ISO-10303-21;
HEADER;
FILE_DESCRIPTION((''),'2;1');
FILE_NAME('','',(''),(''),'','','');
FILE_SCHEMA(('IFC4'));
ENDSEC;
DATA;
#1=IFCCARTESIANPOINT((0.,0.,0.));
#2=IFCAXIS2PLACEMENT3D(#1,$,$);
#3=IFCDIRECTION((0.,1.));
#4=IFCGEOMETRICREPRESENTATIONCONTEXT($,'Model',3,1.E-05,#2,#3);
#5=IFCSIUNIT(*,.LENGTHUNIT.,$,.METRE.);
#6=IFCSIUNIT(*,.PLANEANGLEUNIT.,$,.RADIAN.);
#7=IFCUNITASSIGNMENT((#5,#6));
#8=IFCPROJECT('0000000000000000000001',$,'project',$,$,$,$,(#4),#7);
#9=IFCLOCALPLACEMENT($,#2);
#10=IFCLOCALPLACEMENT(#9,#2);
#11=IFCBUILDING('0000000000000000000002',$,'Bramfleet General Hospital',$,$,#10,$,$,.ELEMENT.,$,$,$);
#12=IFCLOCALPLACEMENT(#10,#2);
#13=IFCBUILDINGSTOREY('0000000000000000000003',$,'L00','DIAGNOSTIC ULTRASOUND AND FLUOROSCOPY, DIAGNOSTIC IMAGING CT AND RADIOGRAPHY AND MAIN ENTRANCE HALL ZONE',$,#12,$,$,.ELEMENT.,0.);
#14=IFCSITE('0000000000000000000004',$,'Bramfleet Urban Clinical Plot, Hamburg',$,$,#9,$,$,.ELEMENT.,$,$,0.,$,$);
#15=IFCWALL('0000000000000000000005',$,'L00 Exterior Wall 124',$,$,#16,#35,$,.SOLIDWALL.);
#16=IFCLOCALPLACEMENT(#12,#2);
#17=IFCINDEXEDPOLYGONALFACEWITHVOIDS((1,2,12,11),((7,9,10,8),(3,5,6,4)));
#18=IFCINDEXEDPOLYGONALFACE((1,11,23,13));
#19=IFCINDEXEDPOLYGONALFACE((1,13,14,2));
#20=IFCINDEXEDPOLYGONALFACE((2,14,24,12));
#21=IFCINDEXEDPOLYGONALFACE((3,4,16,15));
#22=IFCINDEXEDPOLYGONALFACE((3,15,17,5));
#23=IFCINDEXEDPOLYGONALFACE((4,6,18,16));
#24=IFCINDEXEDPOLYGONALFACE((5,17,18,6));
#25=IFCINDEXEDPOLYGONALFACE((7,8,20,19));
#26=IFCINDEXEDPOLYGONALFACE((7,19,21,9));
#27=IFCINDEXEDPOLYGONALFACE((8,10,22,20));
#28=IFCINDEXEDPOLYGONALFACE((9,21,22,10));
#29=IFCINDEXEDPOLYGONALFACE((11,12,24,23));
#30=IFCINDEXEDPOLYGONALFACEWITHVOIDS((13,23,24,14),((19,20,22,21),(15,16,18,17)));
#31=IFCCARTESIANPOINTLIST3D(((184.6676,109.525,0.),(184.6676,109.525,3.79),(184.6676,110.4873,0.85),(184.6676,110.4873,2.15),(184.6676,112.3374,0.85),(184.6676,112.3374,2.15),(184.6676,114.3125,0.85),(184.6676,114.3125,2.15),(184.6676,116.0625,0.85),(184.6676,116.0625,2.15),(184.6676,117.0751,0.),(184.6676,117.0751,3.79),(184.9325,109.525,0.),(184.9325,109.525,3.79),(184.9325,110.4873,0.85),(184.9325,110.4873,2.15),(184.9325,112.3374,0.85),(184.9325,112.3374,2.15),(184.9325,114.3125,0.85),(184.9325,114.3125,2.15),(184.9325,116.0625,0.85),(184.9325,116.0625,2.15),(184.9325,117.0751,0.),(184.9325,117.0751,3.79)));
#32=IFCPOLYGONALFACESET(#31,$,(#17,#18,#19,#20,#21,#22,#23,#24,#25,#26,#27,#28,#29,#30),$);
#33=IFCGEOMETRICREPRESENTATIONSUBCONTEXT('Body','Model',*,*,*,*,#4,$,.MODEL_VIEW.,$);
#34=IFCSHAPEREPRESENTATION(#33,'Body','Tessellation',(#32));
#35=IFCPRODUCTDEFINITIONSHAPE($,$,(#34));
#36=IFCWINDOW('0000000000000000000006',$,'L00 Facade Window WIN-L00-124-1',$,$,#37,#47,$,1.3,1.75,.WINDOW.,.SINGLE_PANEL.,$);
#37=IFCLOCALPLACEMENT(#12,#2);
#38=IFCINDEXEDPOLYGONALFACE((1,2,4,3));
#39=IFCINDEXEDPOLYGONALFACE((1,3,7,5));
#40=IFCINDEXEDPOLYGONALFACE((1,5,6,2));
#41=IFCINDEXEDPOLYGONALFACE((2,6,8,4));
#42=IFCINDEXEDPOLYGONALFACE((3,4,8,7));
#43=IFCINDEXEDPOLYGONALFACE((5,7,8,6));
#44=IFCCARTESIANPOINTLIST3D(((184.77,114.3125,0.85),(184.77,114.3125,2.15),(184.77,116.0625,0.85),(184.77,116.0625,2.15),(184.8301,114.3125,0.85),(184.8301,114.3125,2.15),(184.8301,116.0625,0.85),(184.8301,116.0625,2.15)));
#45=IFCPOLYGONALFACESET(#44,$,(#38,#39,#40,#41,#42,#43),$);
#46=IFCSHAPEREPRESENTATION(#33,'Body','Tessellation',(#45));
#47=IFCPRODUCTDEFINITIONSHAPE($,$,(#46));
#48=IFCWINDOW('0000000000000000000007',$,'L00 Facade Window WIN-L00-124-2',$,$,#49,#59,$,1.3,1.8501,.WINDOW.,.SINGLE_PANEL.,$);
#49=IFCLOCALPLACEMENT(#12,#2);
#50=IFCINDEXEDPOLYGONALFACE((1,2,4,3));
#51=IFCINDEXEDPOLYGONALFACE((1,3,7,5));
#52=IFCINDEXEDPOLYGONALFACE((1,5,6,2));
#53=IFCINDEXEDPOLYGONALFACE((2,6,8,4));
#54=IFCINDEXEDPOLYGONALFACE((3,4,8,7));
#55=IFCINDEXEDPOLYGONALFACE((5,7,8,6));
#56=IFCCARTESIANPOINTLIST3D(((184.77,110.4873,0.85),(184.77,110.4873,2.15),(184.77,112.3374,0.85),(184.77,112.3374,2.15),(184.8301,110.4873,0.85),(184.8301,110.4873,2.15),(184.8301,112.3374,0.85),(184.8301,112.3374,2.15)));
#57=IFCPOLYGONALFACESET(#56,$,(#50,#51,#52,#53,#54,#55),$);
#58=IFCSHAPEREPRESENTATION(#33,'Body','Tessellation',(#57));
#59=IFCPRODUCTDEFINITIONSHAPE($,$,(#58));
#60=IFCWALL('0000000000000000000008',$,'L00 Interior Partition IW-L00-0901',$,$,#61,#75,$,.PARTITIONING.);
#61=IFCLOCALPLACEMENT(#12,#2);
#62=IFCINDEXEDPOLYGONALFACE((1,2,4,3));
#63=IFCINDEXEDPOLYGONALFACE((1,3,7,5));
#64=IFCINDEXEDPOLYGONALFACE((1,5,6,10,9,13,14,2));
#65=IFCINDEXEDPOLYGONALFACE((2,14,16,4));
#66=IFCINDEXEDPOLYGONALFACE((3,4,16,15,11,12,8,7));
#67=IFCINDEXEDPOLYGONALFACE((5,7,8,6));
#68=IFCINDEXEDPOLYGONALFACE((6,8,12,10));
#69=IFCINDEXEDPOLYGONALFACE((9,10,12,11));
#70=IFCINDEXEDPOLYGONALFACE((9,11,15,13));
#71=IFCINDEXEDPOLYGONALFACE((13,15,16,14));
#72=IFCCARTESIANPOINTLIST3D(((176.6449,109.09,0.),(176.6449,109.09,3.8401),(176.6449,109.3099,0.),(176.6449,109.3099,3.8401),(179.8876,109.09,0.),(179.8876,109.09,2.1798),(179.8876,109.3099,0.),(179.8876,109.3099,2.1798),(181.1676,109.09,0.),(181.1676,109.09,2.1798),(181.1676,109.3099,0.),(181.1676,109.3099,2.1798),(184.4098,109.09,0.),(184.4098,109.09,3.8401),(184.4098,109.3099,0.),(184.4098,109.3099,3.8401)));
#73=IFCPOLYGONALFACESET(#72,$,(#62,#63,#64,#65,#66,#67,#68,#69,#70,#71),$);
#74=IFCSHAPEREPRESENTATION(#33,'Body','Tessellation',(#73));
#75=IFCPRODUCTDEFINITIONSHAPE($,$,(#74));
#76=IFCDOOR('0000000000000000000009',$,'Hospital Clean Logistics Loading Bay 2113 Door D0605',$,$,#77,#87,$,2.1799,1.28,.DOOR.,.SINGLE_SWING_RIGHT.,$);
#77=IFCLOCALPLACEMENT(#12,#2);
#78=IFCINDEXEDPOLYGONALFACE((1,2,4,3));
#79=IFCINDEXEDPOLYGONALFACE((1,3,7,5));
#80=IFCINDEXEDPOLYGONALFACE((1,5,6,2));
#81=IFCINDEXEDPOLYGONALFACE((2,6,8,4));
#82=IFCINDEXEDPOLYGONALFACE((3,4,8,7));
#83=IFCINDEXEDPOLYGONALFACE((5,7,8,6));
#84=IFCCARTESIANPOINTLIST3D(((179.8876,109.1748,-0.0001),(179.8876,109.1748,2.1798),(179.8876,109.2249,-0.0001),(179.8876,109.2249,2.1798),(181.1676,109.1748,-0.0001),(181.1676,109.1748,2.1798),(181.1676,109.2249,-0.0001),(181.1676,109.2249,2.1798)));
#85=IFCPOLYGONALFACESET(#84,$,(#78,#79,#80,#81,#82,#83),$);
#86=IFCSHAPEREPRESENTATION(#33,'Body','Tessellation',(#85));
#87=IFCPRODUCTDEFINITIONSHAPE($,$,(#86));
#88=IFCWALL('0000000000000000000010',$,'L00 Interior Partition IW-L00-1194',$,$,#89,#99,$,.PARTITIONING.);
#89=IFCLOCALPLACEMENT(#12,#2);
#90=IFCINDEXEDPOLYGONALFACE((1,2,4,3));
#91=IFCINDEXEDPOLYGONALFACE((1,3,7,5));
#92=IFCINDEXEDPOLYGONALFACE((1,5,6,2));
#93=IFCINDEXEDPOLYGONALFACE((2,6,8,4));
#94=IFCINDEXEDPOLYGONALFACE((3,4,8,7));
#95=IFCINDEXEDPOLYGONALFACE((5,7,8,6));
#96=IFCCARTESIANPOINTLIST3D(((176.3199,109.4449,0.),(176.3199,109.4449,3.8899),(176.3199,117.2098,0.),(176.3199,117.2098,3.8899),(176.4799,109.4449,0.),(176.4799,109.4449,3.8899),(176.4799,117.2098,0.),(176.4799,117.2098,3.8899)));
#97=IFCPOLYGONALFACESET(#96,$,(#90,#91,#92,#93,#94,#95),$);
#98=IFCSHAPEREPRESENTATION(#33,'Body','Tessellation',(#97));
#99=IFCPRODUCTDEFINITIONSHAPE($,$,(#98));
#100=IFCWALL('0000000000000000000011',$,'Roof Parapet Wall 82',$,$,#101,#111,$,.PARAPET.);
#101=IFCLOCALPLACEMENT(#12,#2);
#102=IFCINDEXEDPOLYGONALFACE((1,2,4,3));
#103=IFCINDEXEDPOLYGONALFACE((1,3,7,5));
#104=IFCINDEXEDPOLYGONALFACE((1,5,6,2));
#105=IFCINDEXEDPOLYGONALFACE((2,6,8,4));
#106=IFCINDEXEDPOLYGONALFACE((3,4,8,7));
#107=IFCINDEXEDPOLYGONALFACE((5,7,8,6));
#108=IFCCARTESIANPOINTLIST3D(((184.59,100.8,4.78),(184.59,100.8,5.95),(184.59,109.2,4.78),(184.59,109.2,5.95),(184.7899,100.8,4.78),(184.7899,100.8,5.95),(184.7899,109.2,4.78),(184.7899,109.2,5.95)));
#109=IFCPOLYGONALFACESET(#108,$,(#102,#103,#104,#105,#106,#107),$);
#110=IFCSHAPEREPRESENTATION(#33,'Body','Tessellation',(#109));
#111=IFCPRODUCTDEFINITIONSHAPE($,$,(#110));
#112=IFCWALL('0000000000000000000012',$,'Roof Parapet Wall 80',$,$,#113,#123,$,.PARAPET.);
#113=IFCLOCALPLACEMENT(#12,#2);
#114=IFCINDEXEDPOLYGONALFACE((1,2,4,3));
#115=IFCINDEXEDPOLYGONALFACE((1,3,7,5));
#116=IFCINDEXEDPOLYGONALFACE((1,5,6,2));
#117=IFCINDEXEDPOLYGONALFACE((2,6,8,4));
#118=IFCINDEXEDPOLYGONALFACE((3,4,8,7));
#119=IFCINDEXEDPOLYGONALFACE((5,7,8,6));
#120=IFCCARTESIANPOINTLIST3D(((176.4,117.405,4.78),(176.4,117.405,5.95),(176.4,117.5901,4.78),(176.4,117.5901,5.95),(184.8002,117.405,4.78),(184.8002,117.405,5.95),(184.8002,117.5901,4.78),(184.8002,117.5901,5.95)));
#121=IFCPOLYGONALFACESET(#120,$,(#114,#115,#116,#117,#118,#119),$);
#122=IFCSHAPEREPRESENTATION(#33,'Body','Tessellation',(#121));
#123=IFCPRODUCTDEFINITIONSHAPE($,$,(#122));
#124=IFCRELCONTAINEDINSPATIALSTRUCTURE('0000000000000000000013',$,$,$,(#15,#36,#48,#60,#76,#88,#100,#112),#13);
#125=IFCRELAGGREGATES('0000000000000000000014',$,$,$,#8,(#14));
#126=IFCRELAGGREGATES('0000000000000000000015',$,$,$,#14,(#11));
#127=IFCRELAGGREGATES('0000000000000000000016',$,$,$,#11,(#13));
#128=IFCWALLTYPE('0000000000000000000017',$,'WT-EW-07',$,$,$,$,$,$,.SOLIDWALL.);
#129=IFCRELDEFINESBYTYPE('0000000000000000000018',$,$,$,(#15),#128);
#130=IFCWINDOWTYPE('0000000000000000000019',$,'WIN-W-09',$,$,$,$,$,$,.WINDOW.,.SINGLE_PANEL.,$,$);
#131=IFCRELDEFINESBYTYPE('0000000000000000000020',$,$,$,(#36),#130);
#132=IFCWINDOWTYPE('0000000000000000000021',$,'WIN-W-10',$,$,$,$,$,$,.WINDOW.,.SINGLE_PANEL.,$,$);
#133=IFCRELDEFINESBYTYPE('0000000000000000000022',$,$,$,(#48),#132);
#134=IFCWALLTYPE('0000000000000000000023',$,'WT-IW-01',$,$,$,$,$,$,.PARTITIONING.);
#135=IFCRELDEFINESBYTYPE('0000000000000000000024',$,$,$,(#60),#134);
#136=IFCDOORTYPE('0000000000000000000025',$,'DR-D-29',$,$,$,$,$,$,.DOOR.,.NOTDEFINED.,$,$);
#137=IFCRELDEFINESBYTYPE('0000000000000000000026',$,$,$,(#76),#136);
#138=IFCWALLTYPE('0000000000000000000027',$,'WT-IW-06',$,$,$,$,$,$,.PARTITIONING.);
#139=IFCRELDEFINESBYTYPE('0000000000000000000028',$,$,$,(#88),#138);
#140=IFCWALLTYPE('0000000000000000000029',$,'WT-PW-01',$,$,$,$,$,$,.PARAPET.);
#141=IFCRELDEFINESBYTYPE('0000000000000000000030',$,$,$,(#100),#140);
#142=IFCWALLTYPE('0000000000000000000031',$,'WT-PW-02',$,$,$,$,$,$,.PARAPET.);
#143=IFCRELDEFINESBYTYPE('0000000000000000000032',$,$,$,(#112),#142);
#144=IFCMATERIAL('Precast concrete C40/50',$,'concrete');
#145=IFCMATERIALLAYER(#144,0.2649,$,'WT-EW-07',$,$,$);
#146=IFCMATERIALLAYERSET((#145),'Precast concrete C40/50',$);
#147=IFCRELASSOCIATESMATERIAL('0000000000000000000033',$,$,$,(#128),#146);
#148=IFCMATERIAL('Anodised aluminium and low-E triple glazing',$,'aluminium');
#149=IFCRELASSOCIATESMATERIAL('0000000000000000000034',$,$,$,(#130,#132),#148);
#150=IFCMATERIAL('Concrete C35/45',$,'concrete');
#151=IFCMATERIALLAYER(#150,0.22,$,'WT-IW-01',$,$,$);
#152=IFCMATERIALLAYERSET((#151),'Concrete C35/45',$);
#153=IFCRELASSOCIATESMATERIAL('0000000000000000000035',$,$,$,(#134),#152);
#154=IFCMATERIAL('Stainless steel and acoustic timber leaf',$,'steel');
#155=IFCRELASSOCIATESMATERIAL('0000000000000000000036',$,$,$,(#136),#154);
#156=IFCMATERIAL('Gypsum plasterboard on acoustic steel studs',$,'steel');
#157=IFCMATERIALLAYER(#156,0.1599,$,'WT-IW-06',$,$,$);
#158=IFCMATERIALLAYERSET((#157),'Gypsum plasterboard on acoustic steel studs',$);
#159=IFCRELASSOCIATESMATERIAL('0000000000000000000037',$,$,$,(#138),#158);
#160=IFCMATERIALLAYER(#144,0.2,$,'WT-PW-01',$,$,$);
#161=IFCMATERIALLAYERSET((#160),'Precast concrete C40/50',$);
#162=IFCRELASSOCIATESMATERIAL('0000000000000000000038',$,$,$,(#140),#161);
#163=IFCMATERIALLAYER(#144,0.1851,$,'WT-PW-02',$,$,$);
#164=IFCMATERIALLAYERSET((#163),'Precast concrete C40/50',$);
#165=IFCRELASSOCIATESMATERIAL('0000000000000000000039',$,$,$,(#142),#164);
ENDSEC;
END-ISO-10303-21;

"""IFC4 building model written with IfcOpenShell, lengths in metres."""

from ifc_helpers import new_model, si_unit, direction, frame, frame_2d, origin, place, context, subcontext, project, spatial, rectangle, extrude, material, layer, layer_set, type_object, element, fill, save


model = new_model("IFC4")

# Units and contexts
model_context = context("Model", 3, precision=1e-05, world=origin(), true_north=direction((0.0, 1.0)))
body_context = subcontext(model_context, "Body", "Model", "MODEL_VIEW")
ifc_project = project(units=[si_unit("LENGTHUNIT", "METRE"), si_unit("PLANEANGLEUNIT", "RADIAN")], contexts=[model_context])

# Site, building, storey
site_placement = place(None, origin())
site = spatial("IfcSite", under=ifc_project, at=site_placement, Name="Bramfleet Urban Clinical Plot, Hamburg", CompositionType="ELEMENT", RefElevation=0.0)
building_placement = place(site_placement, origin())
building = spatial("IfcBuilding", under=site, at=building_placement, Name="Bramfleet General Hospital", CompositionType="ELEMENT")
storey_placement = place(building_placement, origin())
storey = spatial("IfcBuildingStorey", under=building, at=storey_placement, Name="L00", Description="DIAGNOSTIC ULTRASOUND AND FLUOROSCOPY, DIAGNOSTIC IMAGING CT AND RADIOGRAPHY AND MAIN ENTRANCE HALL ZONE", CompositionType="ELEMENT", Elevation=0.0)

# Shared definitions
ifc_material_1 = material(Name="Concrete C35/45", Category="concrete")

# Shared definitions
ifc_material_2 = material(Name="Anodised aluminium and low-E triple glazing", Category="aluminium")

# Wall, openings, windows
ifc_material_3 = material(Name="Precast concrete C40/50", Category="concrete")
ifc_layer_1 = layer(ifc_material_3, 0.2649, Name="WT-EW-07")
ifc_layer_set_1 = layer_set([ifc_layer_1], Name="Precast concrete C40/50")
wall_type_1 = type_object("IfcWallType", Name="WT-EW-07", PredefinedType="SOLIDWALL", material=ifc_layer_set_1)
wall_1_placement = place(storey_placement, frame((184.8, 117.075, 0.0), z_axis=(0.0, 0.0, 1.0), x_axis=(0.0, -1.0, 0.0)))
wall_1 = element("IfcWall", 1, at=wall_1_placement, inside=storey, type_object=wall_type_1, Name="L00 Exterior Wall 124", PredefinedType="SOLIDWALL", context=body_context, shape_type="SweptSolid", body=[
    extrude(rectangle(XDim=7.55, YDim=0.2649, at=frame_2d((3.7749, 0.0))), origin(), (0.0, 0.0, 1.0), 3.79),
])
opening_1_placement = place(wall_1_placement, frame((1.0125, 0.0, 0.8501)))
opening_1 = element("IfcOpeningElement", 2, at=opening_1_placement, cuts=wall_1, PredefinedType="OPENING", context=body_context, shape_type="SweptSolid", body=[
    extrude(rectangle(XDim=1.75, YDim=1.3, at=frame_2d((0.875, 0.6499))), frame((0.0, 0.1423, 0.0), z_axis=(0.0, -1.0, 0.0), x_axis=(1.0, 0.0, 0.0)), (0.0, 0.0, 1.0), 0.2849),
])
opening_2_placement = place(wall_1_placement, frame((4.7375, 0.0, 0.8501)))
opening_2 = element("IfcOpeningElement", 3, at=opening_2_placement, cuts=wall_1, PredefinedType="OPENING", context=body_context, shape_type="SweptSolid", body=[
    extrude(rectangle(XDim=1.8501, YDim=1.3, at=frame_2d((0.925, 0.6499))), frame((0.0, 0.1423, 0.0), z_axis=(0.0, -1.0, 0.0), x_axis=(1.0, 0.0, 0.0)), (0.0, 0.0, 1.0), 0.2849),
])
window_type_1 = type_object("IfcWindowType", Name="WIN-W-09", PartitioningType="SINGLE_PANEL", PredefinedType="WINDOW", material=ifc_material_2)
window_1_placement = place(opening_1_placement, origin())
window_1 = element("IfcWindow", 4, at=window_1_placement, inside=storey, type_object=window_type_1, Name="L00 Facade Window WIN-L00-124-1", OverallHeight=1.3, OverallWidth=1.75, PartitioningType="SINGLE_PANEL", PredefinedType="WINDOW", context=body_context, shape_type="SweptSolid", body=[
    extrude(rectangle(XDim=1.75, YDim=1.3, at=frame_2d((0.875, 0.6499))), frame((0.0, 0.03, 0.0), z_axis=(0.0, -1.0, 0.0), x_axis=(1.0, 0.0, 0.0)), (0.0, 0.0, 1.0), 0.0601),
])
fill(opening_1, window_1)
window_type_2 = type_object("IfcWindowType", Name="WIN-W-10", PartitioningType="SINGLE_PANEL", PredefinedType="WINDOW", material=ifc_material_2)
window_2_placement = place(opening_2_placement, origin())
window_2 = element("IfcWindow", 5, at=window_2_placement, inside=storey, type_object=window_type_2, Name="L00 Facade Window WIN-L00-124-2", OverallHeight=1.3, OverallWidth=1.8501, PartitioningType="SINGLE_PANEL", PredefinedType="WINDOW", context=body_context, shape_type="SweptSolid", body=[
    extrude(rectangle(XDim=1.8501, YDim=1.3, at=frame_2d((0.925, 0.6499))), frame((0.0, 0.03, 0.0), z_axis=(0.0, -1.0, 0.0), x_axis=(1.0, 0.0, 0.0)), (0.0, 0.0, 1.0), 0.0601),
])
fill(opening_2, window_2)

# Wall, opening, door
ifc_layer_2 = layer(ifc_material_1, 0.22, Name="WT-IW-01")
ifc_layer_set_2 = layer_set([ifc_layer_2], Name="Concrete C35/45")
wall_type_2 = type_object("IfcWallType", Name="WT-IW-01", PredefinedType="PARTITIONING", material=ifc_layer_set_2)
wall_2_placement = place(storey_placement, frame((176.645, 109.2, 0.0), z_axis=(0.0, 0.0, 1.0), x_axis=(1.0, 0.0, 0.0)))
wall_2 = element("IfcWall", 6, at=wall_2_placement, inside=storey, type_object=wall_type_2, Name="L00 Interior Partition IW-L00-0901", PredefinedType="PARTITIONING", context=body_context, shape_type="SweptSolid", body=[
    extrude(rectangle(XDim=7.7649, YDim=0.22, at=frame_2d((3.8823, 0.0))), origin(), (0.0, 0.0, 1.0), 3.8401),
])
opening_3_placement = place(wall_2_placement, frame((3.2424, 0.0, 0.0)))
opening_3 = element("IfcOpeningElement", 7, at=opening_3_placement, cuts=wall_2, PredefinedType="OPENING", context=body_context, shape_type="SweptSolid", body=[
    extrude(rectangle(XDim=1.28, YDim=2.1799, at=frame_2d((0.6401, 1.0898))), frame((0.0, 0.1199, 0.0), z_axis=(0.0, -1.0, 0.0), x_axis=(1.0, 0.0, 0.0)), (0.0, 0.0, 1.0), 0.24),
])
ifc_material_4 = material(Name="Stainless steel and acoustic timber leaf", Category="steel")
door_type = type_object("IfcDoorType", Name="DR-D-29", OperationType="NOTDEFINED", PredefinedType="DOOR", material=ifc_material_4)
door_placement = place(opening_3_placement, origin())
door = element("IfcDoor", 8, at=door_placement, inside=storey, type_object=door_type, Name="Hospital Clean Logistics Loading Bay 2113 Door D0605", OperationType="SINGLE_SWING_RIGHT", OverallHeight=2.1799, OverallWidth=1.28, PredefinedType="DOOR", context=body_context, shape_type="SweptSolid", body=[
    extrude(rectangle(XDim=1.28, YDim=2.1799, at=frame_2d((0.6401, 1.0898))), frame((0.0, 0.0249, 0.0), z_axis=(0.0, -1.0, 0.0), x_axis=(1.0, 0.0, 0.0)), (0.0, 0.0, 1.0), 0.05),
])
fill(opening_3, door)

# Walls
ifc_material_5 = material(Name="Gypsum plasterboard on acoustic steel studs", Category="steel")
ifc_layer_3 = layer(ifc_material_5, 0.1599, Name="WT-IW-06")
ifc_layer_set_3 = layer_set([ifc_layer_3], Name="Gypsum plasterboard on acoustic steel studs")
wall_type_3 = type_object("IfcWallType", Name="WT-IW-06", PredefinedType="PARTITIONING", material=ifc_layer_set_3)
wall_3_placement = place(storey_placement, frame((176.3999, 109.4451, 0.0), z_axis=(0.0, 0.0, 1.0), x_axis=(0.0, 1.0, 0.0)))
element("IfcWall", 9, at=wall_3_placement, inside=storey, type_object=wall_type_3, Name="L00 Interior Partition IW-L00-1194", PredefinedType="PARTITIONING", context=body_context, shape_type="SweptSolid", body=[
    extrude(rectangle(XDim=7.7649, YDim=0.1599, at=frame_2d((3.8823, 0.0))), origin(), (0.0, 0.0, 1.0), 3.8899),
])
ifc_layer_4 = layer(ifc_material_3, 0.2, Name="WT-PW-01")
ifc_layer_set_4 = layer_set([ifc_layer_4], Name="Precast concrete C40/50")
wall_type_4 = type_object("IfcWallType", Name="WT-PW-01", PredefinedType="PARAPET", material=ifc_layer_set_4)
wall_4_placement = place(storey_placement, frame((184.6899, 109.2, 4.78), z_axis=(0.0, 0.0, 1.0), x_axis=(0.0, -1.0, 0.0)))
element("IfcWall", 10, at=wall_4_placement, inside=storey, type_object=wall_type_4, Name="Roof Parapet Wall 82", PredefinedType="PARAPET", context=body_context, shape_type="SweptSolid", body=[
    extrude(rectangle(XDim=8.3999, YDim=0.2, at=frame_2d((4.2, 0.0))), origin(), (0.0, 0.0, 1.0), 1.1699),
])
ifc_layer_5 = layer(ifc_material_3, 0.1851, Name="WT-PW-02")
ifc_layer_set_5 = layer_set([ifc_layer_5], Name="Precast concrete C40/50")
wall_type_5 = type_object("IfcWallType", Name="WT-PW-02", PredefinedType="PARAPET", material=ifc_layer_set_5)
wall_5_placement = place(storey_placement, frame((176.3999, 117.4976, 4.78), z_axis=(0.0, 0.0, 1.0), x_axis=(1.0, 0.0, 0.0)))
element("IfcWall", 11, at=wall_5_placement, inside=storey, type_object=wall_type_5, Name="Roof Parapet Wall 80", PredefinedType="PARAPET", context=body_context, shape_type="SweptSolid", body=[
    extrude(rectangle(XDim=8.4001, YDim=0.1851, at=frame_2d((4.2002, 0.0))), origin(), (0.0, 0.0, 1.0), 1.1699),
])

save(model, "model.ifc")
